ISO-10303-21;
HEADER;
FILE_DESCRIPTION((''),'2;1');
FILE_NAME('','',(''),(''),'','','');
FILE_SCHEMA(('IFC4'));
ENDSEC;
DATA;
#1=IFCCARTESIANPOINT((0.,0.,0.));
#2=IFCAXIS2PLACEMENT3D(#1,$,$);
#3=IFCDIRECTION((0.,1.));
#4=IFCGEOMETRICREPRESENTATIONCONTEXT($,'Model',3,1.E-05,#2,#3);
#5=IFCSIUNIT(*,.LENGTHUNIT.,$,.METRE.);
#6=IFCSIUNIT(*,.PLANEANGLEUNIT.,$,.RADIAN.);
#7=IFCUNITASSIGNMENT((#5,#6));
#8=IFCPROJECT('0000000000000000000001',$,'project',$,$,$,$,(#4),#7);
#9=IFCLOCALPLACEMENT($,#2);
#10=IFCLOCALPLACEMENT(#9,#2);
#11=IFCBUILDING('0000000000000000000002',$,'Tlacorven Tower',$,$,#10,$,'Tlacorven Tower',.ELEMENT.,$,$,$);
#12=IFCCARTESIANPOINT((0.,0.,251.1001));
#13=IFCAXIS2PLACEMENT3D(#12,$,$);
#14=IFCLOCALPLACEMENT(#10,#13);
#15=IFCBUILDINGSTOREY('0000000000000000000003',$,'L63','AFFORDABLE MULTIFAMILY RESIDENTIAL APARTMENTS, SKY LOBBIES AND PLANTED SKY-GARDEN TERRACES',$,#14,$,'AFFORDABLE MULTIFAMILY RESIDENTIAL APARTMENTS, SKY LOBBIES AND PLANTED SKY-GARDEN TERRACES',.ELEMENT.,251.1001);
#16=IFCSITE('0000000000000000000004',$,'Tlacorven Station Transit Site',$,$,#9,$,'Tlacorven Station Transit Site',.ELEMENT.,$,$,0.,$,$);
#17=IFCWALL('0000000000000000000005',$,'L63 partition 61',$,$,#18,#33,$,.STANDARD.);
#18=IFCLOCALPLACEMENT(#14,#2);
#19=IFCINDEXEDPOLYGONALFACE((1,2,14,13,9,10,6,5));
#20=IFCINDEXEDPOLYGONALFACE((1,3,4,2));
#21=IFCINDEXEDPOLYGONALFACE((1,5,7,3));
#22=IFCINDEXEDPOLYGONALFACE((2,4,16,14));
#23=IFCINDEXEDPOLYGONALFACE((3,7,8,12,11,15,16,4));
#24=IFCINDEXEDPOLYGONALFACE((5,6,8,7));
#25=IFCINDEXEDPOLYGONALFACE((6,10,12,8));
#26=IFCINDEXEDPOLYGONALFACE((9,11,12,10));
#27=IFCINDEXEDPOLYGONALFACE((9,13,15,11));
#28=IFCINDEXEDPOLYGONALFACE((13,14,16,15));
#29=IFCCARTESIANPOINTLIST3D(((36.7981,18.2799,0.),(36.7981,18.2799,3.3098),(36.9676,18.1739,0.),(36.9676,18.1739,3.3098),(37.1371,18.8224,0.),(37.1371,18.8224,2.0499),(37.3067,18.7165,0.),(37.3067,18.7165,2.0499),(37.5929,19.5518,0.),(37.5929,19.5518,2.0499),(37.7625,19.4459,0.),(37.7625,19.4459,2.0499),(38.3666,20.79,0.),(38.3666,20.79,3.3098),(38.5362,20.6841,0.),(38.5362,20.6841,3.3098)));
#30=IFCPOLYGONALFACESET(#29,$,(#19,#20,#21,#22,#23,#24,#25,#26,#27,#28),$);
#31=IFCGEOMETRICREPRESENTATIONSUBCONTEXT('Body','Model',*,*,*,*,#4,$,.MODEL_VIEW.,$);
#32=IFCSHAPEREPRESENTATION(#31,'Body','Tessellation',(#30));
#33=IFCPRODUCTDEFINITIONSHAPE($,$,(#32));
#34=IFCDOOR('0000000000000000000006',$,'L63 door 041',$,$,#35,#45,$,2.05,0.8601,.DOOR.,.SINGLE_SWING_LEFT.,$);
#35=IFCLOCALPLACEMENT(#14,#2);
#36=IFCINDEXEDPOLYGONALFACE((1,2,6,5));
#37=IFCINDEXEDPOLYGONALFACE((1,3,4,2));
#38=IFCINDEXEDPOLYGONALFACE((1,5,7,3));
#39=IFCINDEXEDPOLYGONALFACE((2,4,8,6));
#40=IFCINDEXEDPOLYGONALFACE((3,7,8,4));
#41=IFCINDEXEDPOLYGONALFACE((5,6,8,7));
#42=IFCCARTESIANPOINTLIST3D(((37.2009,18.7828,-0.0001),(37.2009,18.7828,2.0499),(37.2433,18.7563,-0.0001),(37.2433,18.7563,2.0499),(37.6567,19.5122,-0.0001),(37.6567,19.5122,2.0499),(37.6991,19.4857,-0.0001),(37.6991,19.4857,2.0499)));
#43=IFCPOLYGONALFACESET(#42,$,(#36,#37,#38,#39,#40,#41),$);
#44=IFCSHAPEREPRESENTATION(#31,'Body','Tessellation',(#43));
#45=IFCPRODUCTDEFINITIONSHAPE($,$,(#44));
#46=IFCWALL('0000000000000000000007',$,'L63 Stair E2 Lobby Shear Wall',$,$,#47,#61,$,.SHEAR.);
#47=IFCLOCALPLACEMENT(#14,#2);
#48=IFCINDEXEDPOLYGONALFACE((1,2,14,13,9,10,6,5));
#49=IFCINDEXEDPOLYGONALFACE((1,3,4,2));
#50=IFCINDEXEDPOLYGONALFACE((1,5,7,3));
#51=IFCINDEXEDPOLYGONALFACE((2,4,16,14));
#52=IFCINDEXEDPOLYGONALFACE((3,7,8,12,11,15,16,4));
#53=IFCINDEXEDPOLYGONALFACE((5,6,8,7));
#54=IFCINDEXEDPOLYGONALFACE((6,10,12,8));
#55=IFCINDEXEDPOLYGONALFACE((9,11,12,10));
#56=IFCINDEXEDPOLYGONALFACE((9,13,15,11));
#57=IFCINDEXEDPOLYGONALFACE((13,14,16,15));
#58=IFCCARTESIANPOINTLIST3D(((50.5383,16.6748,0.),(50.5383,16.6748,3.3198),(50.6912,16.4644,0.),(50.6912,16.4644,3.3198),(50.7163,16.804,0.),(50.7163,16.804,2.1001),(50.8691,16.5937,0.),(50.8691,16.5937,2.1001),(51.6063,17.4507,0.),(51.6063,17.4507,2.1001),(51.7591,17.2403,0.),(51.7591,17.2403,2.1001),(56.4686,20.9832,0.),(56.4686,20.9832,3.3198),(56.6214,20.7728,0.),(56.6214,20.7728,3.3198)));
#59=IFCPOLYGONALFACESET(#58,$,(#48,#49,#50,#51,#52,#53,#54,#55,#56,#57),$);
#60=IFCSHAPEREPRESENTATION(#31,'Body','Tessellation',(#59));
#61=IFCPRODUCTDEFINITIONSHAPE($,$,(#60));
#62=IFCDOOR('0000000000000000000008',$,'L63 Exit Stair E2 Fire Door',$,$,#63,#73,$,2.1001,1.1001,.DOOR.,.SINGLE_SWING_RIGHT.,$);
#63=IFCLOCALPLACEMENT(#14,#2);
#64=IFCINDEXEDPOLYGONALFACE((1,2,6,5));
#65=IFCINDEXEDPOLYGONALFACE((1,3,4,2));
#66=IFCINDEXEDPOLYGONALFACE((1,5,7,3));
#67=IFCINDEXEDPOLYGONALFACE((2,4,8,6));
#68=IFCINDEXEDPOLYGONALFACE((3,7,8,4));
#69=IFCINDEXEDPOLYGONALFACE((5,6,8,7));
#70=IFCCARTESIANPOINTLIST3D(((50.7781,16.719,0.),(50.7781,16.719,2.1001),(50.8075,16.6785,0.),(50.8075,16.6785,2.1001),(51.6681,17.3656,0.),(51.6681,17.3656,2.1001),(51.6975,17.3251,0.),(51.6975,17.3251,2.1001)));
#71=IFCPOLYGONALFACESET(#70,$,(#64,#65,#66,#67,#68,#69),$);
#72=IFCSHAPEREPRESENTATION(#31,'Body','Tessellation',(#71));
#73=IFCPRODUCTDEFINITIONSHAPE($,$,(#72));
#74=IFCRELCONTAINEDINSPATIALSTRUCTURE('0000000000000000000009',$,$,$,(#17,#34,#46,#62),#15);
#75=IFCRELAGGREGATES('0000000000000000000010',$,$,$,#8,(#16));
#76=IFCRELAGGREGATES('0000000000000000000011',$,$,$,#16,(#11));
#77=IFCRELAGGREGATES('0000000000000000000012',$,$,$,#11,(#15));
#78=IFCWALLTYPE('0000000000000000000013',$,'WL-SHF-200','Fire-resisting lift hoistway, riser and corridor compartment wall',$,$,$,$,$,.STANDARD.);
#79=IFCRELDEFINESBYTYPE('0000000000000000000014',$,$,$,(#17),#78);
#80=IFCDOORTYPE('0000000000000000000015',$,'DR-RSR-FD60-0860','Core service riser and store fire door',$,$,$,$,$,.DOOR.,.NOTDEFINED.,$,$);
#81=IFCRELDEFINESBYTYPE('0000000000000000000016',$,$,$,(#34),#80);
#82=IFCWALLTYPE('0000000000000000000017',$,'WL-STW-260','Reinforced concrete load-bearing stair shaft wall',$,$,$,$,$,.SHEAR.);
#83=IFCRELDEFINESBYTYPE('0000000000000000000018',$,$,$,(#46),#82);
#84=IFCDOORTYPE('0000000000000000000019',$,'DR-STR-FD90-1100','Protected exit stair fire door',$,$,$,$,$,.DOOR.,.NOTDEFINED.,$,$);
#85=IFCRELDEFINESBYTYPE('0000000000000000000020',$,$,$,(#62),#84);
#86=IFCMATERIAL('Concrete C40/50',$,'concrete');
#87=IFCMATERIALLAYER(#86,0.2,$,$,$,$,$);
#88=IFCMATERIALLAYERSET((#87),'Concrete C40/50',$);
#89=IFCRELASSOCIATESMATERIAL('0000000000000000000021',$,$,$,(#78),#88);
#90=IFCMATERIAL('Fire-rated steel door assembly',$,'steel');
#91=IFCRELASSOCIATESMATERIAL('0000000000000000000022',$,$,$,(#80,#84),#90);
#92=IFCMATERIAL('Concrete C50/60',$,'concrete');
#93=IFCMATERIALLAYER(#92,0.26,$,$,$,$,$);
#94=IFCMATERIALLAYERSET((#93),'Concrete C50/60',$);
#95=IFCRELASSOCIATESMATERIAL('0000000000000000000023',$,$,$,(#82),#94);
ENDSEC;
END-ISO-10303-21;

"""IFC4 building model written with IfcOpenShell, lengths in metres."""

from ifc_helpers import new_model, si_unit, direction, frame, frame_2d, origin, place, context, subcontext, project, spatial, rectangle, extrude, source, transform, mapped, material, layer, layer_set, type_object, element, fill, save


model = new_model("IFC4")

# Units and contexts
model_context = context("Model", 3, precision=1e-05, world=origin(), true_north=direction((0.0, 1.0)))
body_context = subcontext(model_context, "Body", "Model", "MODEL_VIEW")
ifc_project = project(units=[si_unit("LENGTHUNIT", "METRE"), si_unit("PLANEANGLEUNIT", "RADIAN")], contexts=[model_context])

# Site, building, storey
site_placement = place(None, origin())
site = spatial("IfcSite", under=ifc_project, at=site_placement, Name="Tlacorven Station Transit Site", LongName="Tlacorven Station Transit Site", CompositionType="ELEMENT", RefElevation=0.0)
building_placement = place(site_placement, origin())
building = spatial("IfcBuilding", under=site, at=building_placement, Name="Tlacorven Tower", LongName="Tlacorven Tower", CompositionType="ELEMENT")
storey_placement = place(building_placement, frame((0.0, 0.0, 251.1001)))
storey = spatial("IfcBuildingStorey", under=building, at=storey_placement, Name="L63", Description="AFFORDABLE MULTIFAMILY RESIDENTIAL APARTMENTS, SKY LOBBIES AND PLANTED SKY-GARDEN TERRACES", LongName="AFFORDABLE MULTIFAMILY RESIDENTIAL APARTMENTS, SKY LOBBIES AND PLANTED SKY-GARDEN TERRACES", CompositionType="ELEMENT", Elevation=251.1001)

# Shared definitions
ifc_material_1 = material(Name="Concrete C50/60", Category="concrete")

# Shared definitions
ifc_material_2 = material(Name="Fire-rated steel door assembly", Category="steel")

# Walls, openings, doors
ifc_material_3 = material(Name="Concrete C40/50", Category="concrete")
ifc_layer_1 = layer(ifc_material_3, 0.2)
ifc_layer_set_1 = layer_set([ifc_layer_1], Name="Concrete C40/50")
wall_type_1 = type_object("IfcWallType", Name="WL-SHF-200", Description="Fire-resisting lift hoistway, riser and corridor compartment wall", PredefinedType="STANDARD", material=ifc_layer_set_1)
wall_1_placement = place(storey_placement, frame((38.4514, 20.7371, 0.0), z_axis=(0.0, 0.0, 1.0), x_axis=(-0.529925, -0.848045, 0.0)))
wall_1 = element("IfcWall", 1, at=wall_1_placement, inside=storey, type_object=wall_type_1, Name="L63 partition 61", PredefinedType="STANDARD", context=body_context, shape_type="SweptSolid", body=[
    extrude(rectangle(XDim=2.96, YDim=0.2, at=frame_2d((1.48, 0.0))), origin(), (0.0, 0.0, 1.0), 3.3098),
])
opening_1_placement = place(wall_1_placement, frame((1.46, 0.0, 0.0)))
opening_1 = element("IfcOpeningElement", 2, at=opening_1_placement, cuts=wall_1, PredefinedType="OPENING", context=body_context, shape_type="SweptSolid", body=[
    extrude(rectangle(XDim=0.8601, YDim=2.05, at=frame_2d((0.4302, 1.0249))), frame((0.0, 0.1099, 0.0), z_axis=(0.0, -1.0, 0.0), x_axis=(1.0, 0.0, 0.0)), (0.0, 0.0, 1.0), 0.22),
])
door_type_1 = type_object("IfcDoorType", Name="DR-RSR-FD60-0860", Description="Core service riser and store fire door", OperationType="NOTDEFINED", PredefinedType="DOOR", material=ifc_material_2)
shared_shape_1 = source(origin(), body_context, "Body", "SweptSolid", [
    extrude(rectangle(XDim=0.8601, YDim=2.05, at=frame_2d((0.4302, 1.0249))), frame((0.0, 0.0249, 0.0), z_axis=(0.0, -1.0, 0.0), x_axis=(1.0, 0.0, 0.0)), (0.0, 0.0, 1.0), 0.05),
])
door_1_placement = place(opening_1_placement, frame((0.8601, 0.0, 0.0), z_axis=(0.0, 0.0, 1.0), x_axis=(-1.0, 0.0, 0.0)))
door_1 = element("IfcDoor", 3, at=door_1_placement, inside=storey, type_object=door_type_1, Name="L63 door 041", OperationType="SINGLE_SWING_LEFT", OverallHeight=2.05, OverallWidth=0.8601, PredefinedType="DOOR", context=body_context, shape_type="MappedRepresentation", body=[
    mapped(shared_shape_1, transform((0.0, 0.0, 0.0), scale=1.0)),
])
fill(opening_1, door_1)
ifc_layer_2 = layer(ifc_material_1, 0.26)
ifc_layer_set_2 = layer_set([ifc_layer_2], Name="Concrete C50/60")
wall_type_2 = type_object("IfcWallType", Name="WL-STW-260", Description="Reinforced concrete load-bearing stair shaft wall", PredefinedType="SHEAR", material=ifc_layer_set_2)
wall_2_placement = place(storey_placement, frame((50.6147, 16.5696, 0.0), z_axis=(0.0, 0.0, 1.0), x_axis=(0.809028, 0.58777, 0.0)))
wall_2 = element("IfcWall", 4, at=wall_2_placement, inside=storey, type_object=wall_type_2, Name="L63 Stair E2 Lobby Shear Wall", PredefinedType="SHEAR", context=body_context, shape_type="SweptSolid", body=[
    extrude(rectangle(XDim=7.3301, YDim=0.26, at=frame_2d((3.665, 0.0))), origin(), (0.0, 0.0, 1.0), 3.3198),
])
opening_2_placement = place(wall_2_placement, frame((0.22, 0.0, 0.0)))
opening_2 = element("IfcOpeningElement", 5, at=opening_2_placement, cuts=wall_2, PredefinedType="OPENING", context=body_context, shape_type="SweptSolid", body=[
    extrude(rectangle(XDim=1.1001, YDim=2.1001, at=frame_2d((0.55, 1.05))), frame((0.0, 0.1401, 0.0), z_axis=(0.0, -1.0, 0.0), x_axis=(1.0, 0.0, 0.0)), (0.0, 0.0, 1.0), 0.28),
])
door_type_2 = type_object("IfcDoorType", Name="DR-STR-FD90-1100", Description="Protected exit stair fire door", OperationType="NOTDEFINED", PredefinedType="DOOR", material=ifc_material_2)
shared_shape_2 = source(origin(), body_context, "Body", "SweptSolid", [
    extrude(rectangle(XDim=1.1001, YDim=2.1001, at=frame_2d((0.55, 1.05))), frame((0.0, 0.0249, 0.0), z_axis=(0.0, -1.0, 0.0), x_axis=(1.0, 0.0, 0.0)), (0.0, 0.0, 1.0), 0.05),
])
door_2_placement = place(opening_2_placement, origin())
door_2 = element("IfcDoor", 6, at=door_2_placement, inside=storey, type_object=door_type_2, Name="L63 Exit Stair E2 Fire Door", OperationType="SINGLE_SWING_RIGHT", OverallHeight=2.1001, OverallWidth=1.1001, PredefinedType="DOOR", context=body_context, shape_type="MappedRepresentation", body=[
    mapped(shared_shape_2, transform((0.0, 0.0, 0.0), scale=1.0)),
])
fill(opening_2, door_2)

save(model, "model.ifc")
